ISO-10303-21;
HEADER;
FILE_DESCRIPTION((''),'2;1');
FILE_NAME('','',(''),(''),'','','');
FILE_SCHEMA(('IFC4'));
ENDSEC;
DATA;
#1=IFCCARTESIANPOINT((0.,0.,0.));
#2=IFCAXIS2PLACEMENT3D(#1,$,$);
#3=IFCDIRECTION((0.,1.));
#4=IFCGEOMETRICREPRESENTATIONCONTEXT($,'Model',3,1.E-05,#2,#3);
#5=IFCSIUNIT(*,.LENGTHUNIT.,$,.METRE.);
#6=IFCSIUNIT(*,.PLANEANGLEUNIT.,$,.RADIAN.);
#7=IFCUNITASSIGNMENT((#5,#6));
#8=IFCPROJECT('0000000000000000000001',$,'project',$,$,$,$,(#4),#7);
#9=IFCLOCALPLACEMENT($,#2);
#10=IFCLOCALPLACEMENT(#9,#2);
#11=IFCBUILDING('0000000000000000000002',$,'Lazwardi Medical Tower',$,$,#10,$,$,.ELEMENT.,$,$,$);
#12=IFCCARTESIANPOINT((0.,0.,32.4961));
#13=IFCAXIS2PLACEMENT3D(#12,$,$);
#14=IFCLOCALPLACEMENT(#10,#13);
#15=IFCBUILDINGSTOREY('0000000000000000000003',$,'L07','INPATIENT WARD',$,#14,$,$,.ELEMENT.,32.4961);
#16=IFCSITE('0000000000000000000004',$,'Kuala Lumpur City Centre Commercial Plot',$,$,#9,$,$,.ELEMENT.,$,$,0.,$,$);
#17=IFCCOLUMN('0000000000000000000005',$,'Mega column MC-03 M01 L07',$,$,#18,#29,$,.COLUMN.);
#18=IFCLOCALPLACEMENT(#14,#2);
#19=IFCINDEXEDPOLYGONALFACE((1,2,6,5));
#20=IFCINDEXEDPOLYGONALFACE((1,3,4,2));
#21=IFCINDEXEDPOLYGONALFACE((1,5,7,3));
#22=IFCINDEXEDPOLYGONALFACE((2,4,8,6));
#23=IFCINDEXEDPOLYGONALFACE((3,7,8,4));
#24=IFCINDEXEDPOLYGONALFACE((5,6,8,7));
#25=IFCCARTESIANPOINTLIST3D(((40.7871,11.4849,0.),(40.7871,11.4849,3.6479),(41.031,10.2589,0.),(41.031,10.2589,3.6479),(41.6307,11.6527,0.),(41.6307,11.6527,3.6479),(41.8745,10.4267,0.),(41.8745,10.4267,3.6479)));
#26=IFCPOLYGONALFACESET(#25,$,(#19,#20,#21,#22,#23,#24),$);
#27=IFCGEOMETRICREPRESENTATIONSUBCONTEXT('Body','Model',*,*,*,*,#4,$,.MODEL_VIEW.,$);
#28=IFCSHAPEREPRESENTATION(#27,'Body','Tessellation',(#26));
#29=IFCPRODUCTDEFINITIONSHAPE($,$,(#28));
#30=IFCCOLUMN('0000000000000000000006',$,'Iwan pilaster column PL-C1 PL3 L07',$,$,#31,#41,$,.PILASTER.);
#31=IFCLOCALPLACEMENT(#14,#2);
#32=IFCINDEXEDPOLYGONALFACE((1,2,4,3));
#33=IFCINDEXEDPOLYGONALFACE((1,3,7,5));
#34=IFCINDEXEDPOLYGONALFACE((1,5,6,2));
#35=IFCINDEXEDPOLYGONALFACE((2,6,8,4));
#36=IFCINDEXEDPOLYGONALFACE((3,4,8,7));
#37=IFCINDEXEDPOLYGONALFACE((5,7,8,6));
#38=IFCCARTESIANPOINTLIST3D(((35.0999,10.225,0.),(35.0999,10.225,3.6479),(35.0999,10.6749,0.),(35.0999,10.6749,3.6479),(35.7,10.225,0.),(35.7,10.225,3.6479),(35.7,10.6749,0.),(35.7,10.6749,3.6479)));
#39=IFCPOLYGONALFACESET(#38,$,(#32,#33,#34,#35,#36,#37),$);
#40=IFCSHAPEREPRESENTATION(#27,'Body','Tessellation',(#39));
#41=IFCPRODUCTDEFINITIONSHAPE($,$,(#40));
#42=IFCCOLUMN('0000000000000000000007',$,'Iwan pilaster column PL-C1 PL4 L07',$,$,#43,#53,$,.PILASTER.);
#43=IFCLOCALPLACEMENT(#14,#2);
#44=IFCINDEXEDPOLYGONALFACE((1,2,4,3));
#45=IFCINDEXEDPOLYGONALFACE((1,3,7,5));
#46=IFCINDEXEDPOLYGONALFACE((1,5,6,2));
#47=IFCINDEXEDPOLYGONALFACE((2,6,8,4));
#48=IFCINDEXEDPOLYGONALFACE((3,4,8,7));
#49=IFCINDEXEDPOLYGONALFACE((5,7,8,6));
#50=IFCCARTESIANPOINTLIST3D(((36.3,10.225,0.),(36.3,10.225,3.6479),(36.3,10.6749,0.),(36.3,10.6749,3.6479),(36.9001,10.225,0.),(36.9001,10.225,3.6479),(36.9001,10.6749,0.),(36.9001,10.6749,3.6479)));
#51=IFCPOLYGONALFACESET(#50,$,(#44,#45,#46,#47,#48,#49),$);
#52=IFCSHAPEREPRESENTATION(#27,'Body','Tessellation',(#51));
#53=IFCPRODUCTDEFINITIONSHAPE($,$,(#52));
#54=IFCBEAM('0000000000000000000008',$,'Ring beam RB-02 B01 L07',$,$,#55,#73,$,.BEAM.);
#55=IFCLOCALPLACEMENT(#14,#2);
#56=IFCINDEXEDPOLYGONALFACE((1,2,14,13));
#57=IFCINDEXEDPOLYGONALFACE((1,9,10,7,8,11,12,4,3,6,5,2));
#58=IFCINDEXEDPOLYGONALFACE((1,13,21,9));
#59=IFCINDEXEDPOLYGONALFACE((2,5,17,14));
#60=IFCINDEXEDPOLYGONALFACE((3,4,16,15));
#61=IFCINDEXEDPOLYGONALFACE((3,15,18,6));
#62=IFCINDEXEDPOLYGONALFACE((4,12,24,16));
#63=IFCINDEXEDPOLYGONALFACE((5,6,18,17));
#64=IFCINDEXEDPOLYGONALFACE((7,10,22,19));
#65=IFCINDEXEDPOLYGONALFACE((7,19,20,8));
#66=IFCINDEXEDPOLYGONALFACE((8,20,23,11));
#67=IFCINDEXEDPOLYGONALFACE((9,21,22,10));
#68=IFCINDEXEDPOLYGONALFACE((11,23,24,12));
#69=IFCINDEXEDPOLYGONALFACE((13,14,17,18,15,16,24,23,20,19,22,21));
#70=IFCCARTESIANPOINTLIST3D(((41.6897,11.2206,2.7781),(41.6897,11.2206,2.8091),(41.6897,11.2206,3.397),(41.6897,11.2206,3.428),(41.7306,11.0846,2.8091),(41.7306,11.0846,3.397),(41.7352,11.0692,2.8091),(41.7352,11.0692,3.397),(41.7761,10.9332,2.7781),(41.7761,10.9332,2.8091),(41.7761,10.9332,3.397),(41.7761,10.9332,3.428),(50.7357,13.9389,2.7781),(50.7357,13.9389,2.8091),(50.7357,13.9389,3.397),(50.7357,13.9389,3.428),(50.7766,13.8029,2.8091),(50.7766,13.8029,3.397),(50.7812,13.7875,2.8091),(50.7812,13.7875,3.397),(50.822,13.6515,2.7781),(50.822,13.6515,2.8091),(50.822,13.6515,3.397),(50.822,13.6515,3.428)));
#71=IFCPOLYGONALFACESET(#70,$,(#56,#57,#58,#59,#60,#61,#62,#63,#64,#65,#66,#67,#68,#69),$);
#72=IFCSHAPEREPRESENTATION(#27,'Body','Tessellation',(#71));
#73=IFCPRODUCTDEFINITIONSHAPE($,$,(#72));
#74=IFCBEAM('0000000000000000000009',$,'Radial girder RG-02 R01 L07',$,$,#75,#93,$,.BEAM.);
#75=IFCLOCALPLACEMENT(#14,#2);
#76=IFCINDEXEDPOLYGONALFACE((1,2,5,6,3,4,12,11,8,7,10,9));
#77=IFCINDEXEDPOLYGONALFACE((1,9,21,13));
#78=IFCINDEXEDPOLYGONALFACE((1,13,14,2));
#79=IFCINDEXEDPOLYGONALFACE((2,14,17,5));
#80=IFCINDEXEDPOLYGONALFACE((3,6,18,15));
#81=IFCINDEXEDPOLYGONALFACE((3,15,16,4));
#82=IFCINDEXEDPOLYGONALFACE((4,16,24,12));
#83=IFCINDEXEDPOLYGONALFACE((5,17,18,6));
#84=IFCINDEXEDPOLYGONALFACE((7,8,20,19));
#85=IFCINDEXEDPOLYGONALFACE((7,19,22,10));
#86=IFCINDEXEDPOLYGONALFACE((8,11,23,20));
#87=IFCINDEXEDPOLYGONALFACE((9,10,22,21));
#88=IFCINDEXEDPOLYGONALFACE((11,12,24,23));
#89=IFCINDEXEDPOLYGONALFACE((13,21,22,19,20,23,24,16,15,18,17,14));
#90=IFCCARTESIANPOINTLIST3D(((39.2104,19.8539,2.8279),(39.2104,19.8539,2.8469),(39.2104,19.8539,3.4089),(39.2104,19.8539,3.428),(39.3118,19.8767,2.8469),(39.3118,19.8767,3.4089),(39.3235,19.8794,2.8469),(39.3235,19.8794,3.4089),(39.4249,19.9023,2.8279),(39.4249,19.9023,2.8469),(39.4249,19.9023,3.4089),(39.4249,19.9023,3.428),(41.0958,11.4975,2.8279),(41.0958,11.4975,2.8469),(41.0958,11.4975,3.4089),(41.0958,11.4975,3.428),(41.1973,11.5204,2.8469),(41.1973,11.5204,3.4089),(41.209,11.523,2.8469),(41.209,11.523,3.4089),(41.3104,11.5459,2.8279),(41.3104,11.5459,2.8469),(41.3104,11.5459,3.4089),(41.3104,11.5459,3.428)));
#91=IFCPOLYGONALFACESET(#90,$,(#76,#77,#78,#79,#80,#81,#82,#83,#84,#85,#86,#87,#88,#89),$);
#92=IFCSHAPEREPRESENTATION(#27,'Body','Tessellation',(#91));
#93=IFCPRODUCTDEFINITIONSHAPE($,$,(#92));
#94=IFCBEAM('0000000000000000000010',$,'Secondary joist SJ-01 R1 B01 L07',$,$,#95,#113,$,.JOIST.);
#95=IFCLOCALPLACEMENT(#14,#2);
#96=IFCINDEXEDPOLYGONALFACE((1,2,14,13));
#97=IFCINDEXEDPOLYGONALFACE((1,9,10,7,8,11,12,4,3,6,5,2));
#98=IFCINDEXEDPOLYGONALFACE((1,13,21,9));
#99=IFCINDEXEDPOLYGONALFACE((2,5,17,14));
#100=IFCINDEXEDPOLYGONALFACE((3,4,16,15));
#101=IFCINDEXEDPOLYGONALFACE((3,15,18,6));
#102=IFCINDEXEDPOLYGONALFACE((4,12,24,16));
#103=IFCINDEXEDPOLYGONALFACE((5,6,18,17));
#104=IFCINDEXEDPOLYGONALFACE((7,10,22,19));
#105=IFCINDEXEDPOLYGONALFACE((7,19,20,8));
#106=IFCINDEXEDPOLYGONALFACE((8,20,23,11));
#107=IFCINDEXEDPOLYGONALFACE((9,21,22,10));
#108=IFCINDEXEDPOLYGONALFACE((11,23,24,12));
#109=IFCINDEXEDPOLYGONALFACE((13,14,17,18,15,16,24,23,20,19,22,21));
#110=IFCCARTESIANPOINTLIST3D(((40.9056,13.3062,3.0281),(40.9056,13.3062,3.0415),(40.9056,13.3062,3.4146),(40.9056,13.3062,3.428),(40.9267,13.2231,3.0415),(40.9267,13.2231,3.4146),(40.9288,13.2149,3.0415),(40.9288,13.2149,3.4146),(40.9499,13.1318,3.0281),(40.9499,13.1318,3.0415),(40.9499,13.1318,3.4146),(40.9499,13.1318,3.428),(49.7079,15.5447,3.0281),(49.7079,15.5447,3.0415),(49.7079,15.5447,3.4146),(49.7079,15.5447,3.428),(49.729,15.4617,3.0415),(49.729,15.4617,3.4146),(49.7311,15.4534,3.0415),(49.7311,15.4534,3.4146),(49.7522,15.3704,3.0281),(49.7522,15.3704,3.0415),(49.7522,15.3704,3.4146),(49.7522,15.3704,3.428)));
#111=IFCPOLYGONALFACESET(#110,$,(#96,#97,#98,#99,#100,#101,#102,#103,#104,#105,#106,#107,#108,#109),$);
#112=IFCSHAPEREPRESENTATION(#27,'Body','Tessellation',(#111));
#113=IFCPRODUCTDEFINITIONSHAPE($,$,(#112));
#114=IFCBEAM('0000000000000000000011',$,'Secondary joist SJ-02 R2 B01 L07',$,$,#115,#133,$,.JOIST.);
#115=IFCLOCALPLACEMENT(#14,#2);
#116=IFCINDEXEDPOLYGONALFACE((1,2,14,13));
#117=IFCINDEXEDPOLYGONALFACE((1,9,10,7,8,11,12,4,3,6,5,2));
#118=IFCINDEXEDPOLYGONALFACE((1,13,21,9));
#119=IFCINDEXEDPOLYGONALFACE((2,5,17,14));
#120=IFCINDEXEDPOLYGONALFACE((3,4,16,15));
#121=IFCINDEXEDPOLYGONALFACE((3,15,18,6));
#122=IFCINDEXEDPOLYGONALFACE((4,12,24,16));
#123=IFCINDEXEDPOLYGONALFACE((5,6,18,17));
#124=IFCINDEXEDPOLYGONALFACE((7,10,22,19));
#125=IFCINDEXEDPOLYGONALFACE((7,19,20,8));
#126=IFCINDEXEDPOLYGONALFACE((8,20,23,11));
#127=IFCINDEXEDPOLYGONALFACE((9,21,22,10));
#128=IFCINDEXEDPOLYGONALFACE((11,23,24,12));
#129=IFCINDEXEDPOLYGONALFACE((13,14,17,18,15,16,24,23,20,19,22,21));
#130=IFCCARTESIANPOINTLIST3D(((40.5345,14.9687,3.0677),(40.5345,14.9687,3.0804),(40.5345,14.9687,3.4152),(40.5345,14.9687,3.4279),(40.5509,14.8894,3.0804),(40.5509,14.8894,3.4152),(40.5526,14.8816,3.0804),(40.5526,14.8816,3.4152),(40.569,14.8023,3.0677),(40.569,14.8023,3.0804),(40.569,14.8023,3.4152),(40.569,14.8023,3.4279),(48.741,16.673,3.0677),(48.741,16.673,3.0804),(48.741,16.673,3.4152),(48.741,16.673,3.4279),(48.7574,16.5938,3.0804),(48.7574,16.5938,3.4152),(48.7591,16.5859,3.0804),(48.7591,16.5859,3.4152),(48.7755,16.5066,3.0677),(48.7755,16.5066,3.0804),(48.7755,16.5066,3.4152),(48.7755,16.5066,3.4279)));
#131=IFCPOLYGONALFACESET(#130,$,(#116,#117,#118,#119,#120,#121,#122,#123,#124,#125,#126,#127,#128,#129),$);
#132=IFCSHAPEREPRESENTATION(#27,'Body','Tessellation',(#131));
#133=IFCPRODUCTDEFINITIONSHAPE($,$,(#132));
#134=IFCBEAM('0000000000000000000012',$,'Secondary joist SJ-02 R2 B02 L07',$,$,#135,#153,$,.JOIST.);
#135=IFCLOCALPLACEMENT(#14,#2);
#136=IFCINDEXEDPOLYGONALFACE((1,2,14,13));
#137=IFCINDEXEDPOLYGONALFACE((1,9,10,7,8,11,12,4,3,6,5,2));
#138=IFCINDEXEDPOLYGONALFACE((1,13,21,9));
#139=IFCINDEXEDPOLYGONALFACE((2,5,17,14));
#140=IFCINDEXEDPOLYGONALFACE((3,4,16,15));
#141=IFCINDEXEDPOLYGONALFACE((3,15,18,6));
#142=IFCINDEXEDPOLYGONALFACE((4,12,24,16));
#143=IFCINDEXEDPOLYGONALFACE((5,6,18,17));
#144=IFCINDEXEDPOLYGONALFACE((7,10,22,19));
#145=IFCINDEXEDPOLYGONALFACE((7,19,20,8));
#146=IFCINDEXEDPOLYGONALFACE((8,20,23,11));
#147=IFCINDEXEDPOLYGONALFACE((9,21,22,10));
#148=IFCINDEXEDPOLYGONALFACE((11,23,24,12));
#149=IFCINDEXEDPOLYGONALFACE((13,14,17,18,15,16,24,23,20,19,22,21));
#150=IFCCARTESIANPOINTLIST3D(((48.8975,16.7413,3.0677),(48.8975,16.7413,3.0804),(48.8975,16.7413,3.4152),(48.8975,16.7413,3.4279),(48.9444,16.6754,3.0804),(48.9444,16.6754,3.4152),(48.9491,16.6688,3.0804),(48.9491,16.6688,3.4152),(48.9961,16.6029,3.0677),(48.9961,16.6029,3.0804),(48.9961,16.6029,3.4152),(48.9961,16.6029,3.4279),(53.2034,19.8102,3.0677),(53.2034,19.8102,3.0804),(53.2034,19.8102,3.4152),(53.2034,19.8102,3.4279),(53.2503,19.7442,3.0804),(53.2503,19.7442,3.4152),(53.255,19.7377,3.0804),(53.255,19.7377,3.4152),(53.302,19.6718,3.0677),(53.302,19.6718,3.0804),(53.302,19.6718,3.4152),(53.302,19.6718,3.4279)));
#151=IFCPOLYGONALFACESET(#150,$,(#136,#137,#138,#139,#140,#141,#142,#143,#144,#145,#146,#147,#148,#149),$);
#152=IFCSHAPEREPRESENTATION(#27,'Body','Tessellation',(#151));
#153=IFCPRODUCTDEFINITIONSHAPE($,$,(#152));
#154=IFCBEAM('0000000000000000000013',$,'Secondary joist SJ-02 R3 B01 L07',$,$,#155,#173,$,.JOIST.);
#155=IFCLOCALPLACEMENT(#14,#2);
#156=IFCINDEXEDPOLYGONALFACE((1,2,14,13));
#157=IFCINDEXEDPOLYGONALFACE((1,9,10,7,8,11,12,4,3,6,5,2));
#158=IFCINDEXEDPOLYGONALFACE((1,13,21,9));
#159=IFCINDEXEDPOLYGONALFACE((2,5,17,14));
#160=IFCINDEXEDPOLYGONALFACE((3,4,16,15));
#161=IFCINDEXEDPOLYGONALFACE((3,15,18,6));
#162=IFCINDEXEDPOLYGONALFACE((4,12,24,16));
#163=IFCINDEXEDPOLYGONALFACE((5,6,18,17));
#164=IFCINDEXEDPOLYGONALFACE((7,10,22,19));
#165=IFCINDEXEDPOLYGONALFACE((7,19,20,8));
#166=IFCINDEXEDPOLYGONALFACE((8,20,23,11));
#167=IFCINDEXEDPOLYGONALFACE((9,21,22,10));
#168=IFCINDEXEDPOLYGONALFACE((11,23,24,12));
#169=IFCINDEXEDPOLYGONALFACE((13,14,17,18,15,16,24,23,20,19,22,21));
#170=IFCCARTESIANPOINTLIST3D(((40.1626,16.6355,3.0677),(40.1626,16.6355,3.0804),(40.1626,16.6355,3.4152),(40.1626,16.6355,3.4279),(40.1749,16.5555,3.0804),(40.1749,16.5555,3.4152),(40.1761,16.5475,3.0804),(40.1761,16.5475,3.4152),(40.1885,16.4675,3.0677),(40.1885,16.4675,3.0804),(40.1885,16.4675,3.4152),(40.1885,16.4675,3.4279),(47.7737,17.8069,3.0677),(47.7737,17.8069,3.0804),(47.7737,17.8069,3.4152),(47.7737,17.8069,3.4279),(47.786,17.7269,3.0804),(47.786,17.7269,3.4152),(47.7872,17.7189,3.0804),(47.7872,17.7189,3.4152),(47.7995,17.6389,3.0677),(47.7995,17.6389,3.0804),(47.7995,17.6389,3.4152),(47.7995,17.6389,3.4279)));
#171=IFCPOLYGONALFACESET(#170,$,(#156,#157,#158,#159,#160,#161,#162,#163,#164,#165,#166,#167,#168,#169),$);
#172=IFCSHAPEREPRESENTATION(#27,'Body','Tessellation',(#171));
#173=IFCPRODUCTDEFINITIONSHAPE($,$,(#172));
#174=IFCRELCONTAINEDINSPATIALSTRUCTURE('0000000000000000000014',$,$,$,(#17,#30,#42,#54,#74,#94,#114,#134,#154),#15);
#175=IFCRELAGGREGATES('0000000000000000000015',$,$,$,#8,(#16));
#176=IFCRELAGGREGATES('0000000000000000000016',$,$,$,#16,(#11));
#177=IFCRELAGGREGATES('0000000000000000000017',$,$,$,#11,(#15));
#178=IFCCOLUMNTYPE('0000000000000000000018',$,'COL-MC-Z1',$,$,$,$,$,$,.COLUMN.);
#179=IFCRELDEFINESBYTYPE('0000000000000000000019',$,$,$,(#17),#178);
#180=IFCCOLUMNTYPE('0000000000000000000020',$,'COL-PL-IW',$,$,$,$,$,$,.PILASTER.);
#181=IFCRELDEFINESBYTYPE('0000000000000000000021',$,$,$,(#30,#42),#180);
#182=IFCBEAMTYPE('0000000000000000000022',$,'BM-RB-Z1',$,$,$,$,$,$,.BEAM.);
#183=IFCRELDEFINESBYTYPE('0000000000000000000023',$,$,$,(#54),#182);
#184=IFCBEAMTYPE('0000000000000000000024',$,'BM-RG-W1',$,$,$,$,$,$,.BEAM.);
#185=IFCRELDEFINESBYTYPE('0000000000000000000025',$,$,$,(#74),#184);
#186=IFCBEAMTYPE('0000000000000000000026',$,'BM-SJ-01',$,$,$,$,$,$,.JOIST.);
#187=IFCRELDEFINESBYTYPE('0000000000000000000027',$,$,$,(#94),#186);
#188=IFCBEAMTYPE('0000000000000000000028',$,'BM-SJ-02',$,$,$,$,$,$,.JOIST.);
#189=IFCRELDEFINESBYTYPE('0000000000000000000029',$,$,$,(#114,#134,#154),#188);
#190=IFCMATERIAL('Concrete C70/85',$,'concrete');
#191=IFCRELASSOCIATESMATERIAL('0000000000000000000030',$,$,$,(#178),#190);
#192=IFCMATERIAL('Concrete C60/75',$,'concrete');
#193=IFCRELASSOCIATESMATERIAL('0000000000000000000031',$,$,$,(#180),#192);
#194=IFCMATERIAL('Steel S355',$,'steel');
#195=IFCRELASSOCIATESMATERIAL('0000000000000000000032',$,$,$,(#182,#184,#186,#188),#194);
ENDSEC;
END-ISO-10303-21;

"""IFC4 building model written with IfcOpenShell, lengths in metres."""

from ifc_helpers import new_model, si_unit, direction, frame, origin, origin_2d, place, context, subcontext, project, spatial, rectangle, i_section, extrude, material, material_profile, profile_set, type_object, element, save


model = new_model("IFC4")

# Units and contexts
model_context = context("Model", 3, precision=1e-05, world=origin(), true_north=direction((0.0, 1.0)))
body_context = subcontext(model_context, "Body", "Model", "MODEL_VIEW")
ifc_project = project(units=[si_unit("LENGTHUNIT", "METRE"), si_unit("PLANEANGLEUNIT", "RADIAN")], contexts=[model_context])

# Site, building, storey
site_placement = place(None, origin())
site = spatial("IfcSite", under=ifc_project, at=site_placement, Name="Kuala Lumpur City Centre Commercial Plot", CompositionType="ELEMENT", RefElevation=0.0)
building_placement = place(site_placement, origin())
building = spatial("IfcBuilding", under=site, at=building_placement, Name="Lazwardi Medical Tower", CompositionType="ELEMENT")
storey_placement = place(building_placement, frame((0.0, 0.0, 32.4961)))
storey = spatial("IfcBuildingStorey", under=building, at=storey_placement, Name="L07", Description="INPATIENT WARD", CompositionType="ELEMENT", Elevation=32.4961)

# Columns
ifc_material_1 = material(Name="Concrete C70/85", Category="concrete")
ifc_material_profile_1 = material_profile(ifc_material_1, rectangle(XDim=1.25, YDim=0.8601, at=origin_2d()), Name="CFT-RECT 1250x860")
ifc_profile_set_1 = profile_set([ifc_material_profile_1], Name="Concrete C70/85")
column_type_1 = type_object("IfcColumnType", Name="COL-MC-Z1", PredefinedType="COLUMN", material=ifc_profile_set_1)
column_placement = place(storey_placement, frame((41.3308, 10.9558, 0.0), z_axis=(0.0, 0.0, 1.0), x_axis=(0.19509, -0.980785, 0.0)))
element("IfcColumn", 1, at=column_placement, inside=storey, type_object=column_type_1, Name="Mega column MC-03 M01 L07", PredefinedType="COLUMN", context=body_context, shape_type="SweptSolid", body=[
    extrude(rectangle(XDim=1.25, YDim=0.8601, at=origin_2d()), origin(), (0.0, 0.0, 1.0), 3.6479),
])
ifc_material_2 = material(Name="Concrete C60/75", Category="concrete")
ifc_material_profile_2 = material_profile(ifc_material_2, rectangle(XDim=0.6001, YDim=0.45, at=origin_2d()), Name="RC 600x450")
ifc_profile_set_2 = profile_set([ifc_material_profile_2], Name="Concrete C60/75")
column_type_2 = type_object("IfcColumnType", Name="COL-PL-IW", PredefinedType="PILASTER", material=ifc_profile_set_2)
for number, where, z_axis, x_axis, name in (
    (2, (35.3999, 10.45, 0.0), (0.0, 0.0, 1.0), (1.0, 0.0, 0.0), "Iwan pilaster column PL-C1 PL3 L07"),
    (3, (36.6001, 10.45, 0.0), (0.0, 0.0, 1.0), (1.0, 0.0, 0.0), "Iwan pilaster column PL-C1 PL4 L07"),
):
    element("IfcColumn", number, at=place(storey_placement, frame(where, z_axis=z_axis, x_axis=x_axis)), inside=storey, type_object=column_type_2, Name=name, PredefinedType="PILASTER", context=body_context, shape_type="SweptSolid", body=[
        extrude(rectangle(XDim=0.6001, YDim=0.45, at=origin_2d()), origin(), (0.0, 0.0, 1.0), 3.6479),
    ])

# Beams
ifc_material_3 = material(Name="Steel S355", Category="steel")
ifc_material_profile_3 = material_profile(ifc_material_3, i_section(OverallWidth=0.3, OverallDepth=0.6499, WebThickness=0.0161, FlangeThickness=0.031, at=origin_2d()), Name="HEB 650")
ifc_profile_set_3 = profile_set([ifc_material_profile_3], Name="Steel S355")
beam_type_1 = type_object("IfcBeamType", Name="BM-RB-Z1", PredefinedType="BEAM", material=ifc_profile_set_3)
beam_1_placement = place(storey_placement, frame((41.7329, 11.0769, 3.103), z_axis=(0.957695, 0.287784, 0.0), x_axis=(-0.287784, 0.957695, 0.0)))
element("IfcBeam", 4, at=beam_1_placement, inside=storey, type_object=beam_type_1, Name="Ring beam RB-02 B01 L07", PredefinedType="BEAM", context=body_context, shape_type="SweptSolid", body=[
    extrude(i_section(OverallWidth=0.3, OverallDepth=0.6499, WebThickness=0.0161, FlangeThickness=0.031, at=origin_2d()), origin(), (0.0, 0.0, 1.0), 9.4456),
])
ifc_material_profile_4 = material_profile(ifc_material_3, i_section(OverallWidth=0.22, OverallDepth=0.6001, WebThickness=0.012, FlangeThickness=0.019, at=origin_2d()), Name="IPE 600")
ifc_profile_set_4 = profile_set([ifc_material_profile_4], Name="Steel S355")
beam_type_2 = type_object("IfcBeamType", Name="BM-RG-W1", PredefinedType="BEAM", material=ifc_profile_set_4)
beam_2_placement = place(storey_placement, frame((41.2031, 11.5217, 3.1279), z_axis=(-0.220101, 0.975477, 0.0), x_axis=(-0.975477, -0.220101, 0.0)))
element("IfcBeam", 5, at=beam_2_placement, inside=storey, type_object=beam_type_2, Name="Radial girder RG-02 R01 L07", PredefinedType="BEAM", context=body_context, shape_type="SweptSolid", body=[
    extrude(i_section(OverallWidth=0.22, OverallDepth=0.6001, WebThickness=0.012, FlangeThickness=0.019, at=origin_2d()), origin(), (0.0, 0.0, 1.0), 8.5664),
])
ifc_material_profile_5 = material_profile(ifc_material_3, i_section(OverallWidth=0.1799, OverallDepth=0.3999, WebThickness=0.0085, FlangeThickness=0.0134, at=origin_2d()), Name="IPE 400")
ifc_profile_set_5 = profile_set([ifc_material_profile_5], Name="Steel S355")
beam_type_3 = type_object("IfcBeamType", Name="BM-SJ-01", PredefinedType="JOIST", material=ifc_profile_set_5)
beam_3_placement = place(storey_placement, frame((40.9277, 13.219, 3.228), z_axis=(0.969151, 0.246468, 0.0), x_axis=(-0.246468, 0.969151, 0.0)))
element("IfcBeam", 6, at=beam_3_placement, inside=storey, type_object=beam_type_3, Name="Secondary joist SJ-01 R1 B01 L07", PredefinedType="JOIST", context=body_context, shape_type="SweptSolid", body=[
    extrude(i_section(OverallWidth=0.1799, OverallDepth=0.3999, WebThickness=0.0085, FlangeThickness=0.0134, at=origin_2d()), origin(), (0.0, 0.0, 1.0), 9.0825),
])
ifc_material_profile_6 = material_profile(ifc_material_3, i_section(OverallWidth=0.1699, OverallDepth=0.3601, WebThickness=0.0081, FlangeThickness=0.0127, at=origin_2d()), Name="IPE 360")
ifc_profile_set_6 = profile_set([ifc_material_profile_6], Name="Steel S355")
beam_type_4 = type_object("IfcBeamType", Name="BM-SJ-02", PredefinedType="JOIST", material=ifc_profile_set_6)
beam_4_placement = place(storey_placement, frame((40.5518, 14.8855, 3.2478), z_axis=(0.979108, 0.203342, 0.0), x_axis=(-0.203342, 0.979108, 0.0)))
element("IfcBeam", 7, at=beam_4_placement, inside=storey, type_object=beam_type_4, Name="Secondary joist SJ-02 R2 B01 L07", PredefinedType="JOIST", context=body_context, shape_type="SweptSolid", body=[
    extrude(i_section(OverallWidth=0.1699, OverallDepth=0.3601, WebThickness=0.0081, FlangeThickness=0.0127, at=origin_2d()), origin(), (0.0, 0.0, 1.0), 8.3816),
])
beam_5_placement = place(storey_placement, frame((48.9468, 16.6721, 3.2478), z_axis=(0.814341, 0.580386, 0.0), x_axis=(-0.580386, 0.814341, 0.0)))
element("IfcBeam", 8, at=beam_5_placement, inside=storey, type_object=beam_type_4, Name="Secondary joist SJ-02 R2 B02 L07", PredefinedType="JOIST", context=body_context, shape_type="SweptSolid", body=[
    extrude(i_section(OverallWidth=0.1699, OverallDepth=0.3601, WebThickness=0.0081, FlangeThickness=0.0127, at=origin_2d()), origin(), (0.0, 0.0, 1.0), 5.2876),
])
beam_6_placement = place(storey_placement, frame((40.1755, 16.5515, 3.2478), z_axis=(0.988363, 0.152114, 0.0), x_axis=(-0.152114, 0.988363, 0.0)))
element("IfcBeam", 9, at=beam_6_placement, inside=storey, type_object=beam_type_4, Name="Secondary joist SJ-02 R3 B01 L07", PredefinedType="JOIST", context=body_context, shape_type="SweptSolid", body=[
    extrude(i_section(OverallWidth=0.1699, OverallDepth=0.3601, WebThickness=0.0081, FlangeThickness=0.0127, at=origin_2d()), origin(), (0.0, 0.0, 1.0), 7.7007),
])

save(model, "model.ifc")
